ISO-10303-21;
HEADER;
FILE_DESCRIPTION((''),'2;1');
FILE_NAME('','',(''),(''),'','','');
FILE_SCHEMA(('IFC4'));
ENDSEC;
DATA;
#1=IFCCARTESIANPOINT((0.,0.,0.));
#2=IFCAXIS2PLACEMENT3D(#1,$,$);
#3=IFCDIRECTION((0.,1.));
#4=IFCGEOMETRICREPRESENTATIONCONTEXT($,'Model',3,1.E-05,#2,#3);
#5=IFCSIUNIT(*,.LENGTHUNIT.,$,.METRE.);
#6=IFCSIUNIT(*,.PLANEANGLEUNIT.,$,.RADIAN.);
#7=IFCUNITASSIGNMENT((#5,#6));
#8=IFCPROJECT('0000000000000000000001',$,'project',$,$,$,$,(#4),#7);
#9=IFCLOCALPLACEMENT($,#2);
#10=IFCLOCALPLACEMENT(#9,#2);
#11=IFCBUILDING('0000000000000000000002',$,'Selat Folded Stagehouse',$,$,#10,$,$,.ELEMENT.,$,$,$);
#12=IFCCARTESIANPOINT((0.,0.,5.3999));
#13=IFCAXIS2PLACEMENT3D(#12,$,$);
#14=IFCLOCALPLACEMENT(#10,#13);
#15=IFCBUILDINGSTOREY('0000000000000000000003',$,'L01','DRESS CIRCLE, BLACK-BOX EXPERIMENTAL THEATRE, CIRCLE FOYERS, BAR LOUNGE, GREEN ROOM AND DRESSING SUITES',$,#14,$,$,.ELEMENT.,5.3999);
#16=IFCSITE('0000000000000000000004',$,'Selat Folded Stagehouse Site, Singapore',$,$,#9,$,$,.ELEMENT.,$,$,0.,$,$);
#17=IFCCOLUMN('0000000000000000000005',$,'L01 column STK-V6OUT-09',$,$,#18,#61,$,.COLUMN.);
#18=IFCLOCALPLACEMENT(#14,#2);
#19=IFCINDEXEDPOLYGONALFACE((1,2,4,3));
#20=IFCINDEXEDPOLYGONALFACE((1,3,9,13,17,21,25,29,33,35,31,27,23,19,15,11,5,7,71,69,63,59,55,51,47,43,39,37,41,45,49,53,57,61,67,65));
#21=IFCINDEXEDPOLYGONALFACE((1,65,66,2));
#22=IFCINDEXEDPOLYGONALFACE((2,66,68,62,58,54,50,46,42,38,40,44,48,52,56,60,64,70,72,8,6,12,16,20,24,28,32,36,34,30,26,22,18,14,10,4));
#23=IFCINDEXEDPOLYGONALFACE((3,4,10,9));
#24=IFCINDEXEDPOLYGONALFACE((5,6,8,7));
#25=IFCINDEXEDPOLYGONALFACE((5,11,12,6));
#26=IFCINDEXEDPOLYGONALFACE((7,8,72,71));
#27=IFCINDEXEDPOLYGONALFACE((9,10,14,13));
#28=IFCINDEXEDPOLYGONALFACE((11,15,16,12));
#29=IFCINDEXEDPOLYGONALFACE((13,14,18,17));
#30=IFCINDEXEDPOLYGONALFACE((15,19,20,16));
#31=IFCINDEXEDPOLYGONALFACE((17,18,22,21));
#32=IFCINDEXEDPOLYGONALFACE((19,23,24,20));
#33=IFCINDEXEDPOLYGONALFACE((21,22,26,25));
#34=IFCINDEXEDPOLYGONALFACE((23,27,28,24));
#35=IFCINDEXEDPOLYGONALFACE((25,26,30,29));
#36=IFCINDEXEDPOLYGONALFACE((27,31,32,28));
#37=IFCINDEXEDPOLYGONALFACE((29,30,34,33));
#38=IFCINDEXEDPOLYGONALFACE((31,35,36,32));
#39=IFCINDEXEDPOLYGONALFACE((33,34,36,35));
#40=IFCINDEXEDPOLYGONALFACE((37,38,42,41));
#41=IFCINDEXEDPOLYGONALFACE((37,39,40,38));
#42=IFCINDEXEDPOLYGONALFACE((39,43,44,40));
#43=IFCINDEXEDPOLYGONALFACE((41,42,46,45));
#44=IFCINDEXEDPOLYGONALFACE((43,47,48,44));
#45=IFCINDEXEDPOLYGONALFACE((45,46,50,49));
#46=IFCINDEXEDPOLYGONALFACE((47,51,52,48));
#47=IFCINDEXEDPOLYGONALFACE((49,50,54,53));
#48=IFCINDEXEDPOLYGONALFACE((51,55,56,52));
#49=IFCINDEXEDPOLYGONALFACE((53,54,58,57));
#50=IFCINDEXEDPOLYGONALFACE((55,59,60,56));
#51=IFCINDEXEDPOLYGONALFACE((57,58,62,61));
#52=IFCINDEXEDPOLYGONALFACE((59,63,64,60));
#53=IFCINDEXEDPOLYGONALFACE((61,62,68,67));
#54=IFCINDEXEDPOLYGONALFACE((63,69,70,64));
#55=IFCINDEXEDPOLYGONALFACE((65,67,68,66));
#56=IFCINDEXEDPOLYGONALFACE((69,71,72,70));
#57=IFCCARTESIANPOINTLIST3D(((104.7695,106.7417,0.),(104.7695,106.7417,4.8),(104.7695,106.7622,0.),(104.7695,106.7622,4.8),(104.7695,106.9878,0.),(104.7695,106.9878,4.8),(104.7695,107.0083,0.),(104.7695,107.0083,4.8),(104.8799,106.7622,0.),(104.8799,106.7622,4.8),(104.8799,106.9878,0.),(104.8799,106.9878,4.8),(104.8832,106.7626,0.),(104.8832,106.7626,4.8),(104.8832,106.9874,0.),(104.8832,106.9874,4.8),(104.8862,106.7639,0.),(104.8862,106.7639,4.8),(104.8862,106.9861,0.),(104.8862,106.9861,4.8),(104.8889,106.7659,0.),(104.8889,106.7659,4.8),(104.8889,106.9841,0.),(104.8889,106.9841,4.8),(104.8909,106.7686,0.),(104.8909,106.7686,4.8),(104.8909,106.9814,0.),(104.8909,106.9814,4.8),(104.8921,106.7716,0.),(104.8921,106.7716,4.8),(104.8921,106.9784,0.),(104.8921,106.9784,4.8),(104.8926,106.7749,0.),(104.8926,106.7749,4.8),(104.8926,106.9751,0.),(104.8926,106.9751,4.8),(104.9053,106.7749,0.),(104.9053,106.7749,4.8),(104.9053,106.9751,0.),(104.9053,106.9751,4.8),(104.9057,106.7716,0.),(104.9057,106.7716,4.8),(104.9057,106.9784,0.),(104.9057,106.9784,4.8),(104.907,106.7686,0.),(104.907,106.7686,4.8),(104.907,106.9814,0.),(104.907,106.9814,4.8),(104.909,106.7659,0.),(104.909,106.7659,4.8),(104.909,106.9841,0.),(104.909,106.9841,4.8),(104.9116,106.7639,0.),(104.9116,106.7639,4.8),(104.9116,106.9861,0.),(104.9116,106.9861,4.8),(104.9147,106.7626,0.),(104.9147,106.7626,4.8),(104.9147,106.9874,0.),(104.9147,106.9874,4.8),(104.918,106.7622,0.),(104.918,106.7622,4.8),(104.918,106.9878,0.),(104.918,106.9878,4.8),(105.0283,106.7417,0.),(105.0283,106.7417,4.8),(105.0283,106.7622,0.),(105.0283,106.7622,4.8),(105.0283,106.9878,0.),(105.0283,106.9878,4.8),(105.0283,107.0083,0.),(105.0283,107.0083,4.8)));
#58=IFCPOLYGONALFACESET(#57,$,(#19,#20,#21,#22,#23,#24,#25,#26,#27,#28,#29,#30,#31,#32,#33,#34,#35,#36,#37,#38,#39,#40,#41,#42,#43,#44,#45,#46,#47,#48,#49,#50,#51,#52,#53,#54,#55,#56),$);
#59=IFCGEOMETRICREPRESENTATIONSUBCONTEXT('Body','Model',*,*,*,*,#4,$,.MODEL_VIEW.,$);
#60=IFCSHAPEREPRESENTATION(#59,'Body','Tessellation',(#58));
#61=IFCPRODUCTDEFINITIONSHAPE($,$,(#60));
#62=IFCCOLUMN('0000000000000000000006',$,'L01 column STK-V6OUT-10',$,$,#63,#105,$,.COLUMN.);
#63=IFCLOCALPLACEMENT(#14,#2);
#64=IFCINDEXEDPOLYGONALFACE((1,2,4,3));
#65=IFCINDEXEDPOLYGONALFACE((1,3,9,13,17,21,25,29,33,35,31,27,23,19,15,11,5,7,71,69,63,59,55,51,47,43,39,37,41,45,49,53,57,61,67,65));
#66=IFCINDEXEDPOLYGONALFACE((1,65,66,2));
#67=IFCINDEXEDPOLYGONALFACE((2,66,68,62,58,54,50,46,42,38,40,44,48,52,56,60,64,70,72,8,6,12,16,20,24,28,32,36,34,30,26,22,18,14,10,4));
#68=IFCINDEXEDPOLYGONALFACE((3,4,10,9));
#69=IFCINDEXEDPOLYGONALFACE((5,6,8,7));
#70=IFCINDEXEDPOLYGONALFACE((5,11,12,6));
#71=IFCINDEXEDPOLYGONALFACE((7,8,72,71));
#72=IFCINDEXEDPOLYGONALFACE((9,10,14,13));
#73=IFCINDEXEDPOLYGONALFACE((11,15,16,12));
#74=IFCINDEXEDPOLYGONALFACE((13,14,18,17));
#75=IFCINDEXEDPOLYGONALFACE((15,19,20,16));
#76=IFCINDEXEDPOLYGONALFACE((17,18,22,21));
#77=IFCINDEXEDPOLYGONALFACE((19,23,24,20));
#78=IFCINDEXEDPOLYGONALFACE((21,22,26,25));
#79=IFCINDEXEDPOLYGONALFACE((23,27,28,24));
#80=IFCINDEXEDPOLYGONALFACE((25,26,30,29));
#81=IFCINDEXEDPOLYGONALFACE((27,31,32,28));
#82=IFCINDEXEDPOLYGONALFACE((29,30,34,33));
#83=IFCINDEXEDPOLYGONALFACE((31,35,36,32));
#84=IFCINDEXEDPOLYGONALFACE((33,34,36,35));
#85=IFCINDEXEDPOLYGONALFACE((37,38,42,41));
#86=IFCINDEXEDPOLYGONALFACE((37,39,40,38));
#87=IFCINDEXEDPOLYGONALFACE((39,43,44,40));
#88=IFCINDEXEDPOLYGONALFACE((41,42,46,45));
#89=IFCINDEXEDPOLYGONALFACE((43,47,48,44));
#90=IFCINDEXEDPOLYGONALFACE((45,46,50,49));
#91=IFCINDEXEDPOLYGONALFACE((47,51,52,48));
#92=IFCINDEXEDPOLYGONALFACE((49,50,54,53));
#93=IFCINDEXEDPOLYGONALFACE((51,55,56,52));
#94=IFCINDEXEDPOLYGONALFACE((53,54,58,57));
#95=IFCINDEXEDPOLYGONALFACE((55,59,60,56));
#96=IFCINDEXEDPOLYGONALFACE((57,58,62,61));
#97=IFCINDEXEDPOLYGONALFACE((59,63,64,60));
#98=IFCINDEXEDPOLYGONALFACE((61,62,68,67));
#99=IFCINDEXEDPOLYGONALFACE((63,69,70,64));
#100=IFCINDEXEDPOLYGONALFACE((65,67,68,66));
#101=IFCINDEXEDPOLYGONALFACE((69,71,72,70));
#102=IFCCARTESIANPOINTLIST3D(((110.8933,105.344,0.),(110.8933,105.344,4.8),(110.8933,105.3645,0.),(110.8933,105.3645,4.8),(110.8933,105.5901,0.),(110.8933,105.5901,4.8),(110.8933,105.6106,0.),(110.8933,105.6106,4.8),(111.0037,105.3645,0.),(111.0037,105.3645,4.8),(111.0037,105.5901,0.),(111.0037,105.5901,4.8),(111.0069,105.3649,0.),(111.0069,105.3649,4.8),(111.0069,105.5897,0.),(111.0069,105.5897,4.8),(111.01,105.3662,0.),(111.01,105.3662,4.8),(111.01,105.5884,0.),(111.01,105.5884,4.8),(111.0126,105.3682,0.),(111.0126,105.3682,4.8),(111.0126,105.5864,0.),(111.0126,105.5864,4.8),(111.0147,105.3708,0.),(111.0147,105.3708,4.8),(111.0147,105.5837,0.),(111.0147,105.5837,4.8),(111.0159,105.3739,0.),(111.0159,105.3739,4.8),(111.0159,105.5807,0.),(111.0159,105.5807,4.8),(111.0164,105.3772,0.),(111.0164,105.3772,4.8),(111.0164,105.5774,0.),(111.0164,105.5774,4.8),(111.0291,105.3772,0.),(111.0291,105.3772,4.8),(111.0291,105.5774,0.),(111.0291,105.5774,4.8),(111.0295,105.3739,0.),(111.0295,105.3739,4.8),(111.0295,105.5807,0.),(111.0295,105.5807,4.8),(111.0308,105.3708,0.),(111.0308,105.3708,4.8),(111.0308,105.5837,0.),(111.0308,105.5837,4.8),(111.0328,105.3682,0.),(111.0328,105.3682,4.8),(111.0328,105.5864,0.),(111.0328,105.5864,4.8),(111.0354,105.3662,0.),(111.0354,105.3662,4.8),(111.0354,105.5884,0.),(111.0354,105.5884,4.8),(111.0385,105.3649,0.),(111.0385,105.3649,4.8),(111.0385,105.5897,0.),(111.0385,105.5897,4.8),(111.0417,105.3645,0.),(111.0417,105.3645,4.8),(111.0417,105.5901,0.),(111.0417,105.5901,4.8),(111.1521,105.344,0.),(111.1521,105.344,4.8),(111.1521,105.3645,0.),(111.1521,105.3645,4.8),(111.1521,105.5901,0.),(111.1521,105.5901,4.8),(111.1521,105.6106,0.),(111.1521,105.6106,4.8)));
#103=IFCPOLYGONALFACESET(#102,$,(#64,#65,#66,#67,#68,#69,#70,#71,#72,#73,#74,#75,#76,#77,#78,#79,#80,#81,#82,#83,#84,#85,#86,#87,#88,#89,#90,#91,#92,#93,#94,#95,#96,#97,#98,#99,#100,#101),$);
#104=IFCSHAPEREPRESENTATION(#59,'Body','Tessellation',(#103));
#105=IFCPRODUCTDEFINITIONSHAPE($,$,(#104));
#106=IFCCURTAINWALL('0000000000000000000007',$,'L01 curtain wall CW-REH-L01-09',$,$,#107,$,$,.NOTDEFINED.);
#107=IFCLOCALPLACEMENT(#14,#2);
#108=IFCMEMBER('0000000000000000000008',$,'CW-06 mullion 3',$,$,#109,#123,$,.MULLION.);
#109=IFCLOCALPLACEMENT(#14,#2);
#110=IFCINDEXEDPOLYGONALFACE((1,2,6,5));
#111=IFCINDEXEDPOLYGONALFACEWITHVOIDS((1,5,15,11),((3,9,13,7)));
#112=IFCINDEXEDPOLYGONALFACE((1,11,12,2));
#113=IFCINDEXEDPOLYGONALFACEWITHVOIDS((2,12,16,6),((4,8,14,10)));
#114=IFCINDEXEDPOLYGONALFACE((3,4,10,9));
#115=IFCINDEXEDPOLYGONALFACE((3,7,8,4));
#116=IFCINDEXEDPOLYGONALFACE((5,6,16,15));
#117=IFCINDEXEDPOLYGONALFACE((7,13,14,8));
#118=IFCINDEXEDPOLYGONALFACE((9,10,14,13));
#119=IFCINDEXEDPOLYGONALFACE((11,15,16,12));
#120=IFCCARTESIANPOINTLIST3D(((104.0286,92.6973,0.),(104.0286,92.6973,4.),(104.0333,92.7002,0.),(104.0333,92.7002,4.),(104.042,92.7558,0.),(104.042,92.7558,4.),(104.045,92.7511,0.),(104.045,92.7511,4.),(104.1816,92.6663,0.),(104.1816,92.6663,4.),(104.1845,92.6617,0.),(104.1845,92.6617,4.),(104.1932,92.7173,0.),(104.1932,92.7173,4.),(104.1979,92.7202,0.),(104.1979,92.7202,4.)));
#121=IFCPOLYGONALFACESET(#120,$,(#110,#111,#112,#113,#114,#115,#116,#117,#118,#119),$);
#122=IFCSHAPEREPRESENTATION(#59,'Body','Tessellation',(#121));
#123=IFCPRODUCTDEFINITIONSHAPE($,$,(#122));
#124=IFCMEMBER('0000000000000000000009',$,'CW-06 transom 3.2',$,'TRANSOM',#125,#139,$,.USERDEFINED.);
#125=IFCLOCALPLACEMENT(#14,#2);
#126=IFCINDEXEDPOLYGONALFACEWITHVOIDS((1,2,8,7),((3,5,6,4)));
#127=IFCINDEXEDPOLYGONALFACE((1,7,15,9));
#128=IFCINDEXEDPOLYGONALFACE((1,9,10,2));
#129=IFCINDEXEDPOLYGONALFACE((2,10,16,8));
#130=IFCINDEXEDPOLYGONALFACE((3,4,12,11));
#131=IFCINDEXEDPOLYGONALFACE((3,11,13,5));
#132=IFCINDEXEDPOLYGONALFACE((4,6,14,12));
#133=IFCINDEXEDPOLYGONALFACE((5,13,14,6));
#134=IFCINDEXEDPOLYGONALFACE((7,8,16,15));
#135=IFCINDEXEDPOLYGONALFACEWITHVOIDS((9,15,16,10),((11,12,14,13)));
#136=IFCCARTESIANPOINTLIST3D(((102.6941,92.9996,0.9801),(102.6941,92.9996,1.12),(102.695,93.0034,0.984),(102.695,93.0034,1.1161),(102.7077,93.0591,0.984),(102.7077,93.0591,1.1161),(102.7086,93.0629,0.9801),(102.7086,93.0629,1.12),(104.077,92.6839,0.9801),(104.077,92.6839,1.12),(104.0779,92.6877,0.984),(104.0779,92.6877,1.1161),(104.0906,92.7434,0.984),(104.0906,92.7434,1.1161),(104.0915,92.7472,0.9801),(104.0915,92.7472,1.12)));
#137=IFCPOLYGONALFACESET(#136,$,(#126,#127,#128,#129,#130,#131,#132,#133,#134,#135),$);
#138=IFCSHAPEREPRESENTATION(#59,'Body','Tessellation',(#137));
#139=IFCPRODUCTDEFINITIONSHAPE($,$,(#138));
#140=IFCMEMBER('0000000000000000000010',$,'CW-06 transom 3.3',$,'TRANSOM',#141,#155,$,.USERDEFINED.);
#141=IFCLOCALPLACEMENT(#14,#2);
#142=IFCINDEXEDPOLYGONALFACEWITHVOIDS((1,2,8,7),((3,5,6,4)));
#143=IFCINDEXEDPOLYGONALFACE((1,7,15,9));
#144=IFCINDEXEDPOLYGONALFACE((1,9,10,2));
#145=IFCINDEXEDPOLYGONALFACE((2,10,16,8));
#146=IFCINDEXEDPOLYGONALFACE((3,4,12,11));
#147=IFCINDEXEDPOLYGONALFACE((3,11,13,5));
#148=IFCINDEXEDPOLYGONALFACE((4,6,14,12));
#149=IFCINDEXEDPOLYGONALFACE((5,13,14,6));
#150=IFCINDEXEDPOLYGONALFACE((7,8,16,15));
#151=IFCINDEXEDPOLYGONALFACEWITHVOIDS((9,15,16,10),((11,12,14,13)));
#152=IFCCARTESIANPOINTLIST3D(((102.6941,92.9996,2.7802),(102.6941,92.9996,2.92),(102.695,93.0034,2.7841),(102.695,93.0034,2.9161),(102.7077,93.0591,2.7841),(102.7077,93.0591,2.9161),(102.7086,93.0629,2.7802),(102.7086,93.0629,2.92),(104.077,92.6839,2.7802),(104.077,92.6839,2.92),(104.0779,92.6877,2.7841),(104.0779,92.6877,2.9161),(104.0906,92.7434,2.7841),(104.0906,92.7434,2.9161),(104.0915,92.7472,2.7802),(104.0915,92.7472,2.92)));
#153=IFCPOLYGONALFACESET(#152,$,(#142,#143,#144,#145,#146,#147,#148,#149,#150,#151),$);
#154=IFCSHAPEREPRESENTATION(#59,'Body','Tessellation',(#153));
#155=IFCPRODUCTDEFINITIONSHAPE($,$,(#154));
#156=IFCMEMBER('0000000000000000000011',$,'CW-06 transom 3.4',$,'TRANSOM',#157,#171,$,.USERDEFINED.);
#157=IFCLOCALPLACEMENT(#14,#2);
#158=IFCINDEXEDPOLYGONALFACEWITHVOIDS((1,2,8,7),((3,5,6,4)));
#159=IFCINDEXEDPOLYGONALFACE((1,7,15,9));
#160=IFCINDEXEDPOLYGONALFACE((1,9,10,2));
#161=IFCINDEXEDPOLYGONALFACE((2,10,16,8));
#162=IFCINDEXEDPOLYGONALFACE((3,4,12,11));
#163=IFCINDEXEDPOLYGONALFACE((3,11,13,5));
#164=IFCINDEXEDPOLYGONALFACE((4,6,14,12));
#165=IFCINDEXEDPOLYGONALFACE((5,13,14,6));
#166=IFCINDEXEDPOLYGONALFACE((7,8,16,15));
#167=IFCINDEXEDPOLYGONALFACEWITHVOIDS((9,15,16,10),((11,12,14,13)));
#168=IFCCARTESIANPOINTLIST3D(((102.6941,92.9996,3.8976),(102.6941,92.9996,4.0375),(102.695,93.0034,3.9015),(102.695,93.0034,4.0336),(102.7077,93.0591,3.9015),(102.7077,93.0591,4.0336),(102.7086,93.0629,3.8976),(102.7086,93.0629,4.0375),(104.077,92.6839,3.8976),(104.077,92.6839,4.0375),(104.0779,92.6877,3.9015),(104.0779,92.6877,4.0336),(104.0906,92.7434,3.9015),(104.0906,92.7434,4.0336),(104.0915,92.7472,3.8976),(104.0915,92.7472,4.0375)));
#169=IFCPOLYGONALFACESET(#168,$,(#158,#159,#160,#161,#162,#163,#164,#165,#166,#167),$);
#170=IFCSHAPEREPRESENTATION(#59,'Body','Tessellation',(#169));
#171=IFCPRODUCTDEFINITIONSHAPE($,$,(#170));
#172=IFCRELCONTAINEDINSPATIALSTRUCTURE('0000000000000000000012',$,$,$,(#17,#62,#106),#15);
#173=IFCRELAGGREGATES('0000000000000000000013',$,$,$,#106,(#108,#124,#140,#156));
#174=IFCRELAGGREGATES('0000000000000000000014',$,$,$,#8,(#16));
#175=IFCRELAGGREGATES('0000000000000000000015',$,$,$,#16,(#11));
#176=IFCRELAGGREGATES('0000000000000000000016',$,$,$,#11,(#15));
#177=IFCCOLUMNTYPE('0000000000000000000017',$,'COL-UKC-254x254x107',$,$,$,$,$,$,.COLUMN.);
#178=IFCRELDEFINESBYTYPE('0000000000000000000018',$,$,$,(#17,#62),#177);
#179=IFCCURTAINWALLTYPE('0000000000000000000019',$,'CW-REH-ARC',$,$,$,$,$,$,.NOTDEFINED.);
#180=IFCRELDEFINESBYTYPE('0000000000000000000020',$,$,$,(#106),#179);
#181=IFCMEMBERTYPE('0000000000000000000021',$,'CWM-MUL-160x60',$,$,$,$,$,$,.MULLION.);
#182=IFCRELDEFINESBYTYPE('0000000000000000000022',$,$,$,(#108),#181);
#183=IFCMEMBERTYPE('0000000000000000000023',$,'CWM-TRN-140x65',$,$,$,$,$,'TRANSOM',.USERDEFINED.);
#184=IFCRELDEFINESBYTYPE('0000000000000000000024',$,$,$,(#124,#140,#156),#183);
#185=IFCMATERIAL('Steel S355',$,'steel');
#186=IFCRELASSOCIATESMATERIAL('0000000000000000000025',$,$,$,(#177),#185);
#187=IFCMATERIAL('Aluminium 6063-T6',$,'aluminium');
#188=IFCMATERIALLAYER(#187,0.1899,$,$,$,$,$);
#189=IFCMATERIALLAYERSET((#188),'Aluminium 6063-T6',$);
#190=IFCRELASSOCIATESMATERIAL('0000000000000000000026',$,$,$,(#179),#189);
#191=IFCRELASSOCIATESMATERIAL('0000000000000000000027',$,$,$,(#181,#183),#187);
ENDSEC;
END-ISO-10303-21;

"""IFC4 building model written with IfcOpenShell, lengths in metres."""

from ifc_helpers import new_model, si_unit, direction, frame, origin, origin_2d, place, context, subcontext, project, spatial, hollow_rectangle, i_section, extrude, material, layer, layer_set, material_profile, profile_set, type_object, element, aggregate, save


model = new_model("IFC4")

# Units and contexts
model_context = context("Model", 3, precision=1e-05, world=origin(), true_north=direction((0.0, 1.0)))
body_context = subcontext(model_context, "Body", "Model", "MODEL_VIEW")
ifc_project = project(units=[si_unit("LENGTHUNIT", "METRE"), si_unit("PLANEANGLEUNIT", "RADIAN")], contexts=[model_context])

# Site, building, storey
site_placement = place(None, origin())
site = spatial("IfcSite", under=ifc_project, at=site_placement, Name="Selat Folded Stagehouse Site, Singapore", CompositionType="ELEMENT", RefElevation=0.0)
building_placement = place(site_placement, origin())
building = spatial("IfcBuilding", under=site, at=building_placement, Name="Selat Folded Stagehouse", CompositionType="ELEMENT")
storey_placement = place(building_placement, frame((0.0, 0.0, 5.3999)))
storey = spatial("IfcBuildingStorey", under=building, at=storey_placement, Name="L01", Description="DRESS CIRCLE, BLACK-BOX EXPERIMENTAL THEATRE, CIRCLE FOYERS, BAR LOUNGE, GREEN ROOM AND DRESSING SUITES", CompositionType="ELEMENT", Elevation=5.3999)

# Columns
ifc_material_1 = material(Name="Steel S355", Category="steel")
ifc_material_profile_1 = material_profile(ifc_material_1, i_section(OverallWidth=0.2588, OverallDepth=0.2666, WebThickness=0.0127, FlangeThickness=0.0205, FilletRadius=0.0127, at=origin_2d()), Name="UKC 254x254x107")
ifc_profile_set_1 = profile_set([ifc_material_profile_1], Name="Steel S355")
column_type = type_object("IfcColumnType", Name="COL-UKC-254x254x107", PredefinedType="COLUMN", material=ifc_profile_set_1)
for number, where, z_axis, x_axis, name in (
    (1, (104.8989, 106.875, 0.0), (0.0, 0.0, 1.0), (1.0, 0.0, 0.0), "L01 column STK-V6OUT-09"),
    (2, (111.0227, 105.4773, 0.0), (0.0, 0.0, 1.0), (1.0, 0.0, 0.0), "L01 column STK-V6OUT-10"),
):
    element("IfcColumn", number, at=place(storey_placement, frame(where, z_axis=z_axis, x_axis=x_axis)), inside=storey, type_object=column_type, Name=name, PredefinedType="COLUMN", context=body_context, shape_type="SweptSolid", body=[
        extrude(i_section(OverallWidth=0.2588, OverallDepth=0.2666, WebThickness=0.0127, FlangeThickness=0.0205, FilletRadius=0.0127, at=origin_2d()), origin(), (0.0, 0.0, 1.0), 4.8),
    ])

# Curtain wall, members
ifc_material_2 = material(Name="Aluminium 6063-T6", Category="aluminium")
ifc_layer_1 = layer(ifc_material_2, 0.1899)
ifc_layer_set_1 = layer_set([ifc_layer_1], Name="Aluminium 6063-T6")
curtain_wall_type = type_object("IfcCurtainWallType", Name="CW-REH-ARC", PredefinedType="NOTDEFINED", material=ifc_layer_set_1)
curtain_wall_placement = place(storey_placement, origin())
curtain_wall = element("IfcCurtainWall", 3, at=curtain_wall_placement, inside=storey, type_object=curtain_wall_type, Name="L01 curtain wall CW-REH-L01-09", PredefinedType="NOTDEFINED")
ifc_material_profile_2 = material_profile(ifc_material_2, hollow_rectangle(XDim=0.0601, YDim=0.1599, WallThickness=0.0039, at=origin_2d()), Name="ALU 160x60x4.0")
ifc_profile_set_2 = profile_set([ifc_material_profile_2], Name="Aluminium 6063-T6")
member_type_1 = type_object("IfcMemberType", Name="CWM-MUL-160x60", PredefinedType="MULLION", material=ifc_profile_set_2)
member_1_placement = place(storey_placement, frame((104.1133, 92.7087, 0.0), z_axis=(0.0, 0.0, 1.0), x_axis=(-0.222543, -0.974923, 0.0)))
member_1 = element("IfcMember", 4, at=member_1_placement, type_object=member_type_1, Name="CW-06 mullion 3", PredefinedType="MULLION", context=body_context, shape_type="SweptSolid", body=[
    extrude(hollow_rectangle(XDim=0.0601, YDim=0.1599, WallThickness=0.0039, at=origin_2d()), origin(), (0.0, 0.0, 1.0), 4.0),
])
ifc_material_profile_3 = material_profile(ifc_material_2, hollow_rectangle(XDim=0.0649, YDim=0.1399, WallThickness=0.0039, at=origin_2d()), Name="ALU 140x65x4.0")
ifc_profile_set_3 = profile_set([ifc_material_profile_3], Name="Aluminium 6063-T6")
member_type_2 = type_object("IfcMemberType", Name="CWM-TRN-140x65", ElementType="TRANSOM", PredefinedType="USERDEFINED", material=ifc_profile_set_3)
member_2_placement = place(storey_placement, frame((104.0842, 92.7156, 1.05), z_axis=(-0.974919, 0.222558, 0.0), x_axis=(-0.222558, -0.974919, 0.0)))
member_2 = element("IfcMember", 5, at=member_2_placement, type_object=member_type_2, Name="CW-06 transom 3.2", ObjectType="TRANSOM", PredefinedType="USERDEFINED", context=body_context, shape_type="SweptSolid", body=[
    extrude(hollow_rectangle(XDim=0.0649, YDim=0.1399, WallThickness=0.0039, at=origin_2d()), origin(), (0.0, 0.0, 1.0), 1.4185),
])
member_3_placement = place(storey_placement, frame((104.0842, 92.7156, 2.8501), z_axis=(-0.974919, 0.222558, 0.0), x_axis=(-0.222558, -0.974919, 0.0)))
member_3 = element("IfcMember", 6, at=member_3_placement, type_object=member_type_2, Name="CW-06 transom 3.3", ObjectType="TRANSOM", PredefinedType="USERDEFINED", context=body_context, shape_type="SweptSolid", body=[
    extrude(hollow_rectangle(XDim=0.0649, YDim=0.1399, WallThickness=0.0039, at=origin_2d()), origin(), (0.0, 0.0, 1.0), 1.4185),
])
member_4_placement = place(storey_placement, frame((104.0842, 92.7156, 3.9675), z_axis=(-0.974919, 0.222558, 0.0), x_axis=(-0.222558, -0.974919, 0.0)))
member_4 = element("IfcMember", 7, at=member_4_placement, type_object=member_type_2, Name="CW-06 transom 3.4", ObjectType="TRANSOM", PredefinedType="USERDEFINED", context=body_context, shape_type="SweptSolid", body=[
    extrude(hollow_rectangle(XDim=0.0649, YDim=0.1399, WallThickness=0.0039, at=origin_2d()), origin(), (0.0, 0.0, 1.0), 1.4185),
])

aggregate(curtain_wall, [member_1, member_2, member_3, member_4])

save(model, "model.ifc")
